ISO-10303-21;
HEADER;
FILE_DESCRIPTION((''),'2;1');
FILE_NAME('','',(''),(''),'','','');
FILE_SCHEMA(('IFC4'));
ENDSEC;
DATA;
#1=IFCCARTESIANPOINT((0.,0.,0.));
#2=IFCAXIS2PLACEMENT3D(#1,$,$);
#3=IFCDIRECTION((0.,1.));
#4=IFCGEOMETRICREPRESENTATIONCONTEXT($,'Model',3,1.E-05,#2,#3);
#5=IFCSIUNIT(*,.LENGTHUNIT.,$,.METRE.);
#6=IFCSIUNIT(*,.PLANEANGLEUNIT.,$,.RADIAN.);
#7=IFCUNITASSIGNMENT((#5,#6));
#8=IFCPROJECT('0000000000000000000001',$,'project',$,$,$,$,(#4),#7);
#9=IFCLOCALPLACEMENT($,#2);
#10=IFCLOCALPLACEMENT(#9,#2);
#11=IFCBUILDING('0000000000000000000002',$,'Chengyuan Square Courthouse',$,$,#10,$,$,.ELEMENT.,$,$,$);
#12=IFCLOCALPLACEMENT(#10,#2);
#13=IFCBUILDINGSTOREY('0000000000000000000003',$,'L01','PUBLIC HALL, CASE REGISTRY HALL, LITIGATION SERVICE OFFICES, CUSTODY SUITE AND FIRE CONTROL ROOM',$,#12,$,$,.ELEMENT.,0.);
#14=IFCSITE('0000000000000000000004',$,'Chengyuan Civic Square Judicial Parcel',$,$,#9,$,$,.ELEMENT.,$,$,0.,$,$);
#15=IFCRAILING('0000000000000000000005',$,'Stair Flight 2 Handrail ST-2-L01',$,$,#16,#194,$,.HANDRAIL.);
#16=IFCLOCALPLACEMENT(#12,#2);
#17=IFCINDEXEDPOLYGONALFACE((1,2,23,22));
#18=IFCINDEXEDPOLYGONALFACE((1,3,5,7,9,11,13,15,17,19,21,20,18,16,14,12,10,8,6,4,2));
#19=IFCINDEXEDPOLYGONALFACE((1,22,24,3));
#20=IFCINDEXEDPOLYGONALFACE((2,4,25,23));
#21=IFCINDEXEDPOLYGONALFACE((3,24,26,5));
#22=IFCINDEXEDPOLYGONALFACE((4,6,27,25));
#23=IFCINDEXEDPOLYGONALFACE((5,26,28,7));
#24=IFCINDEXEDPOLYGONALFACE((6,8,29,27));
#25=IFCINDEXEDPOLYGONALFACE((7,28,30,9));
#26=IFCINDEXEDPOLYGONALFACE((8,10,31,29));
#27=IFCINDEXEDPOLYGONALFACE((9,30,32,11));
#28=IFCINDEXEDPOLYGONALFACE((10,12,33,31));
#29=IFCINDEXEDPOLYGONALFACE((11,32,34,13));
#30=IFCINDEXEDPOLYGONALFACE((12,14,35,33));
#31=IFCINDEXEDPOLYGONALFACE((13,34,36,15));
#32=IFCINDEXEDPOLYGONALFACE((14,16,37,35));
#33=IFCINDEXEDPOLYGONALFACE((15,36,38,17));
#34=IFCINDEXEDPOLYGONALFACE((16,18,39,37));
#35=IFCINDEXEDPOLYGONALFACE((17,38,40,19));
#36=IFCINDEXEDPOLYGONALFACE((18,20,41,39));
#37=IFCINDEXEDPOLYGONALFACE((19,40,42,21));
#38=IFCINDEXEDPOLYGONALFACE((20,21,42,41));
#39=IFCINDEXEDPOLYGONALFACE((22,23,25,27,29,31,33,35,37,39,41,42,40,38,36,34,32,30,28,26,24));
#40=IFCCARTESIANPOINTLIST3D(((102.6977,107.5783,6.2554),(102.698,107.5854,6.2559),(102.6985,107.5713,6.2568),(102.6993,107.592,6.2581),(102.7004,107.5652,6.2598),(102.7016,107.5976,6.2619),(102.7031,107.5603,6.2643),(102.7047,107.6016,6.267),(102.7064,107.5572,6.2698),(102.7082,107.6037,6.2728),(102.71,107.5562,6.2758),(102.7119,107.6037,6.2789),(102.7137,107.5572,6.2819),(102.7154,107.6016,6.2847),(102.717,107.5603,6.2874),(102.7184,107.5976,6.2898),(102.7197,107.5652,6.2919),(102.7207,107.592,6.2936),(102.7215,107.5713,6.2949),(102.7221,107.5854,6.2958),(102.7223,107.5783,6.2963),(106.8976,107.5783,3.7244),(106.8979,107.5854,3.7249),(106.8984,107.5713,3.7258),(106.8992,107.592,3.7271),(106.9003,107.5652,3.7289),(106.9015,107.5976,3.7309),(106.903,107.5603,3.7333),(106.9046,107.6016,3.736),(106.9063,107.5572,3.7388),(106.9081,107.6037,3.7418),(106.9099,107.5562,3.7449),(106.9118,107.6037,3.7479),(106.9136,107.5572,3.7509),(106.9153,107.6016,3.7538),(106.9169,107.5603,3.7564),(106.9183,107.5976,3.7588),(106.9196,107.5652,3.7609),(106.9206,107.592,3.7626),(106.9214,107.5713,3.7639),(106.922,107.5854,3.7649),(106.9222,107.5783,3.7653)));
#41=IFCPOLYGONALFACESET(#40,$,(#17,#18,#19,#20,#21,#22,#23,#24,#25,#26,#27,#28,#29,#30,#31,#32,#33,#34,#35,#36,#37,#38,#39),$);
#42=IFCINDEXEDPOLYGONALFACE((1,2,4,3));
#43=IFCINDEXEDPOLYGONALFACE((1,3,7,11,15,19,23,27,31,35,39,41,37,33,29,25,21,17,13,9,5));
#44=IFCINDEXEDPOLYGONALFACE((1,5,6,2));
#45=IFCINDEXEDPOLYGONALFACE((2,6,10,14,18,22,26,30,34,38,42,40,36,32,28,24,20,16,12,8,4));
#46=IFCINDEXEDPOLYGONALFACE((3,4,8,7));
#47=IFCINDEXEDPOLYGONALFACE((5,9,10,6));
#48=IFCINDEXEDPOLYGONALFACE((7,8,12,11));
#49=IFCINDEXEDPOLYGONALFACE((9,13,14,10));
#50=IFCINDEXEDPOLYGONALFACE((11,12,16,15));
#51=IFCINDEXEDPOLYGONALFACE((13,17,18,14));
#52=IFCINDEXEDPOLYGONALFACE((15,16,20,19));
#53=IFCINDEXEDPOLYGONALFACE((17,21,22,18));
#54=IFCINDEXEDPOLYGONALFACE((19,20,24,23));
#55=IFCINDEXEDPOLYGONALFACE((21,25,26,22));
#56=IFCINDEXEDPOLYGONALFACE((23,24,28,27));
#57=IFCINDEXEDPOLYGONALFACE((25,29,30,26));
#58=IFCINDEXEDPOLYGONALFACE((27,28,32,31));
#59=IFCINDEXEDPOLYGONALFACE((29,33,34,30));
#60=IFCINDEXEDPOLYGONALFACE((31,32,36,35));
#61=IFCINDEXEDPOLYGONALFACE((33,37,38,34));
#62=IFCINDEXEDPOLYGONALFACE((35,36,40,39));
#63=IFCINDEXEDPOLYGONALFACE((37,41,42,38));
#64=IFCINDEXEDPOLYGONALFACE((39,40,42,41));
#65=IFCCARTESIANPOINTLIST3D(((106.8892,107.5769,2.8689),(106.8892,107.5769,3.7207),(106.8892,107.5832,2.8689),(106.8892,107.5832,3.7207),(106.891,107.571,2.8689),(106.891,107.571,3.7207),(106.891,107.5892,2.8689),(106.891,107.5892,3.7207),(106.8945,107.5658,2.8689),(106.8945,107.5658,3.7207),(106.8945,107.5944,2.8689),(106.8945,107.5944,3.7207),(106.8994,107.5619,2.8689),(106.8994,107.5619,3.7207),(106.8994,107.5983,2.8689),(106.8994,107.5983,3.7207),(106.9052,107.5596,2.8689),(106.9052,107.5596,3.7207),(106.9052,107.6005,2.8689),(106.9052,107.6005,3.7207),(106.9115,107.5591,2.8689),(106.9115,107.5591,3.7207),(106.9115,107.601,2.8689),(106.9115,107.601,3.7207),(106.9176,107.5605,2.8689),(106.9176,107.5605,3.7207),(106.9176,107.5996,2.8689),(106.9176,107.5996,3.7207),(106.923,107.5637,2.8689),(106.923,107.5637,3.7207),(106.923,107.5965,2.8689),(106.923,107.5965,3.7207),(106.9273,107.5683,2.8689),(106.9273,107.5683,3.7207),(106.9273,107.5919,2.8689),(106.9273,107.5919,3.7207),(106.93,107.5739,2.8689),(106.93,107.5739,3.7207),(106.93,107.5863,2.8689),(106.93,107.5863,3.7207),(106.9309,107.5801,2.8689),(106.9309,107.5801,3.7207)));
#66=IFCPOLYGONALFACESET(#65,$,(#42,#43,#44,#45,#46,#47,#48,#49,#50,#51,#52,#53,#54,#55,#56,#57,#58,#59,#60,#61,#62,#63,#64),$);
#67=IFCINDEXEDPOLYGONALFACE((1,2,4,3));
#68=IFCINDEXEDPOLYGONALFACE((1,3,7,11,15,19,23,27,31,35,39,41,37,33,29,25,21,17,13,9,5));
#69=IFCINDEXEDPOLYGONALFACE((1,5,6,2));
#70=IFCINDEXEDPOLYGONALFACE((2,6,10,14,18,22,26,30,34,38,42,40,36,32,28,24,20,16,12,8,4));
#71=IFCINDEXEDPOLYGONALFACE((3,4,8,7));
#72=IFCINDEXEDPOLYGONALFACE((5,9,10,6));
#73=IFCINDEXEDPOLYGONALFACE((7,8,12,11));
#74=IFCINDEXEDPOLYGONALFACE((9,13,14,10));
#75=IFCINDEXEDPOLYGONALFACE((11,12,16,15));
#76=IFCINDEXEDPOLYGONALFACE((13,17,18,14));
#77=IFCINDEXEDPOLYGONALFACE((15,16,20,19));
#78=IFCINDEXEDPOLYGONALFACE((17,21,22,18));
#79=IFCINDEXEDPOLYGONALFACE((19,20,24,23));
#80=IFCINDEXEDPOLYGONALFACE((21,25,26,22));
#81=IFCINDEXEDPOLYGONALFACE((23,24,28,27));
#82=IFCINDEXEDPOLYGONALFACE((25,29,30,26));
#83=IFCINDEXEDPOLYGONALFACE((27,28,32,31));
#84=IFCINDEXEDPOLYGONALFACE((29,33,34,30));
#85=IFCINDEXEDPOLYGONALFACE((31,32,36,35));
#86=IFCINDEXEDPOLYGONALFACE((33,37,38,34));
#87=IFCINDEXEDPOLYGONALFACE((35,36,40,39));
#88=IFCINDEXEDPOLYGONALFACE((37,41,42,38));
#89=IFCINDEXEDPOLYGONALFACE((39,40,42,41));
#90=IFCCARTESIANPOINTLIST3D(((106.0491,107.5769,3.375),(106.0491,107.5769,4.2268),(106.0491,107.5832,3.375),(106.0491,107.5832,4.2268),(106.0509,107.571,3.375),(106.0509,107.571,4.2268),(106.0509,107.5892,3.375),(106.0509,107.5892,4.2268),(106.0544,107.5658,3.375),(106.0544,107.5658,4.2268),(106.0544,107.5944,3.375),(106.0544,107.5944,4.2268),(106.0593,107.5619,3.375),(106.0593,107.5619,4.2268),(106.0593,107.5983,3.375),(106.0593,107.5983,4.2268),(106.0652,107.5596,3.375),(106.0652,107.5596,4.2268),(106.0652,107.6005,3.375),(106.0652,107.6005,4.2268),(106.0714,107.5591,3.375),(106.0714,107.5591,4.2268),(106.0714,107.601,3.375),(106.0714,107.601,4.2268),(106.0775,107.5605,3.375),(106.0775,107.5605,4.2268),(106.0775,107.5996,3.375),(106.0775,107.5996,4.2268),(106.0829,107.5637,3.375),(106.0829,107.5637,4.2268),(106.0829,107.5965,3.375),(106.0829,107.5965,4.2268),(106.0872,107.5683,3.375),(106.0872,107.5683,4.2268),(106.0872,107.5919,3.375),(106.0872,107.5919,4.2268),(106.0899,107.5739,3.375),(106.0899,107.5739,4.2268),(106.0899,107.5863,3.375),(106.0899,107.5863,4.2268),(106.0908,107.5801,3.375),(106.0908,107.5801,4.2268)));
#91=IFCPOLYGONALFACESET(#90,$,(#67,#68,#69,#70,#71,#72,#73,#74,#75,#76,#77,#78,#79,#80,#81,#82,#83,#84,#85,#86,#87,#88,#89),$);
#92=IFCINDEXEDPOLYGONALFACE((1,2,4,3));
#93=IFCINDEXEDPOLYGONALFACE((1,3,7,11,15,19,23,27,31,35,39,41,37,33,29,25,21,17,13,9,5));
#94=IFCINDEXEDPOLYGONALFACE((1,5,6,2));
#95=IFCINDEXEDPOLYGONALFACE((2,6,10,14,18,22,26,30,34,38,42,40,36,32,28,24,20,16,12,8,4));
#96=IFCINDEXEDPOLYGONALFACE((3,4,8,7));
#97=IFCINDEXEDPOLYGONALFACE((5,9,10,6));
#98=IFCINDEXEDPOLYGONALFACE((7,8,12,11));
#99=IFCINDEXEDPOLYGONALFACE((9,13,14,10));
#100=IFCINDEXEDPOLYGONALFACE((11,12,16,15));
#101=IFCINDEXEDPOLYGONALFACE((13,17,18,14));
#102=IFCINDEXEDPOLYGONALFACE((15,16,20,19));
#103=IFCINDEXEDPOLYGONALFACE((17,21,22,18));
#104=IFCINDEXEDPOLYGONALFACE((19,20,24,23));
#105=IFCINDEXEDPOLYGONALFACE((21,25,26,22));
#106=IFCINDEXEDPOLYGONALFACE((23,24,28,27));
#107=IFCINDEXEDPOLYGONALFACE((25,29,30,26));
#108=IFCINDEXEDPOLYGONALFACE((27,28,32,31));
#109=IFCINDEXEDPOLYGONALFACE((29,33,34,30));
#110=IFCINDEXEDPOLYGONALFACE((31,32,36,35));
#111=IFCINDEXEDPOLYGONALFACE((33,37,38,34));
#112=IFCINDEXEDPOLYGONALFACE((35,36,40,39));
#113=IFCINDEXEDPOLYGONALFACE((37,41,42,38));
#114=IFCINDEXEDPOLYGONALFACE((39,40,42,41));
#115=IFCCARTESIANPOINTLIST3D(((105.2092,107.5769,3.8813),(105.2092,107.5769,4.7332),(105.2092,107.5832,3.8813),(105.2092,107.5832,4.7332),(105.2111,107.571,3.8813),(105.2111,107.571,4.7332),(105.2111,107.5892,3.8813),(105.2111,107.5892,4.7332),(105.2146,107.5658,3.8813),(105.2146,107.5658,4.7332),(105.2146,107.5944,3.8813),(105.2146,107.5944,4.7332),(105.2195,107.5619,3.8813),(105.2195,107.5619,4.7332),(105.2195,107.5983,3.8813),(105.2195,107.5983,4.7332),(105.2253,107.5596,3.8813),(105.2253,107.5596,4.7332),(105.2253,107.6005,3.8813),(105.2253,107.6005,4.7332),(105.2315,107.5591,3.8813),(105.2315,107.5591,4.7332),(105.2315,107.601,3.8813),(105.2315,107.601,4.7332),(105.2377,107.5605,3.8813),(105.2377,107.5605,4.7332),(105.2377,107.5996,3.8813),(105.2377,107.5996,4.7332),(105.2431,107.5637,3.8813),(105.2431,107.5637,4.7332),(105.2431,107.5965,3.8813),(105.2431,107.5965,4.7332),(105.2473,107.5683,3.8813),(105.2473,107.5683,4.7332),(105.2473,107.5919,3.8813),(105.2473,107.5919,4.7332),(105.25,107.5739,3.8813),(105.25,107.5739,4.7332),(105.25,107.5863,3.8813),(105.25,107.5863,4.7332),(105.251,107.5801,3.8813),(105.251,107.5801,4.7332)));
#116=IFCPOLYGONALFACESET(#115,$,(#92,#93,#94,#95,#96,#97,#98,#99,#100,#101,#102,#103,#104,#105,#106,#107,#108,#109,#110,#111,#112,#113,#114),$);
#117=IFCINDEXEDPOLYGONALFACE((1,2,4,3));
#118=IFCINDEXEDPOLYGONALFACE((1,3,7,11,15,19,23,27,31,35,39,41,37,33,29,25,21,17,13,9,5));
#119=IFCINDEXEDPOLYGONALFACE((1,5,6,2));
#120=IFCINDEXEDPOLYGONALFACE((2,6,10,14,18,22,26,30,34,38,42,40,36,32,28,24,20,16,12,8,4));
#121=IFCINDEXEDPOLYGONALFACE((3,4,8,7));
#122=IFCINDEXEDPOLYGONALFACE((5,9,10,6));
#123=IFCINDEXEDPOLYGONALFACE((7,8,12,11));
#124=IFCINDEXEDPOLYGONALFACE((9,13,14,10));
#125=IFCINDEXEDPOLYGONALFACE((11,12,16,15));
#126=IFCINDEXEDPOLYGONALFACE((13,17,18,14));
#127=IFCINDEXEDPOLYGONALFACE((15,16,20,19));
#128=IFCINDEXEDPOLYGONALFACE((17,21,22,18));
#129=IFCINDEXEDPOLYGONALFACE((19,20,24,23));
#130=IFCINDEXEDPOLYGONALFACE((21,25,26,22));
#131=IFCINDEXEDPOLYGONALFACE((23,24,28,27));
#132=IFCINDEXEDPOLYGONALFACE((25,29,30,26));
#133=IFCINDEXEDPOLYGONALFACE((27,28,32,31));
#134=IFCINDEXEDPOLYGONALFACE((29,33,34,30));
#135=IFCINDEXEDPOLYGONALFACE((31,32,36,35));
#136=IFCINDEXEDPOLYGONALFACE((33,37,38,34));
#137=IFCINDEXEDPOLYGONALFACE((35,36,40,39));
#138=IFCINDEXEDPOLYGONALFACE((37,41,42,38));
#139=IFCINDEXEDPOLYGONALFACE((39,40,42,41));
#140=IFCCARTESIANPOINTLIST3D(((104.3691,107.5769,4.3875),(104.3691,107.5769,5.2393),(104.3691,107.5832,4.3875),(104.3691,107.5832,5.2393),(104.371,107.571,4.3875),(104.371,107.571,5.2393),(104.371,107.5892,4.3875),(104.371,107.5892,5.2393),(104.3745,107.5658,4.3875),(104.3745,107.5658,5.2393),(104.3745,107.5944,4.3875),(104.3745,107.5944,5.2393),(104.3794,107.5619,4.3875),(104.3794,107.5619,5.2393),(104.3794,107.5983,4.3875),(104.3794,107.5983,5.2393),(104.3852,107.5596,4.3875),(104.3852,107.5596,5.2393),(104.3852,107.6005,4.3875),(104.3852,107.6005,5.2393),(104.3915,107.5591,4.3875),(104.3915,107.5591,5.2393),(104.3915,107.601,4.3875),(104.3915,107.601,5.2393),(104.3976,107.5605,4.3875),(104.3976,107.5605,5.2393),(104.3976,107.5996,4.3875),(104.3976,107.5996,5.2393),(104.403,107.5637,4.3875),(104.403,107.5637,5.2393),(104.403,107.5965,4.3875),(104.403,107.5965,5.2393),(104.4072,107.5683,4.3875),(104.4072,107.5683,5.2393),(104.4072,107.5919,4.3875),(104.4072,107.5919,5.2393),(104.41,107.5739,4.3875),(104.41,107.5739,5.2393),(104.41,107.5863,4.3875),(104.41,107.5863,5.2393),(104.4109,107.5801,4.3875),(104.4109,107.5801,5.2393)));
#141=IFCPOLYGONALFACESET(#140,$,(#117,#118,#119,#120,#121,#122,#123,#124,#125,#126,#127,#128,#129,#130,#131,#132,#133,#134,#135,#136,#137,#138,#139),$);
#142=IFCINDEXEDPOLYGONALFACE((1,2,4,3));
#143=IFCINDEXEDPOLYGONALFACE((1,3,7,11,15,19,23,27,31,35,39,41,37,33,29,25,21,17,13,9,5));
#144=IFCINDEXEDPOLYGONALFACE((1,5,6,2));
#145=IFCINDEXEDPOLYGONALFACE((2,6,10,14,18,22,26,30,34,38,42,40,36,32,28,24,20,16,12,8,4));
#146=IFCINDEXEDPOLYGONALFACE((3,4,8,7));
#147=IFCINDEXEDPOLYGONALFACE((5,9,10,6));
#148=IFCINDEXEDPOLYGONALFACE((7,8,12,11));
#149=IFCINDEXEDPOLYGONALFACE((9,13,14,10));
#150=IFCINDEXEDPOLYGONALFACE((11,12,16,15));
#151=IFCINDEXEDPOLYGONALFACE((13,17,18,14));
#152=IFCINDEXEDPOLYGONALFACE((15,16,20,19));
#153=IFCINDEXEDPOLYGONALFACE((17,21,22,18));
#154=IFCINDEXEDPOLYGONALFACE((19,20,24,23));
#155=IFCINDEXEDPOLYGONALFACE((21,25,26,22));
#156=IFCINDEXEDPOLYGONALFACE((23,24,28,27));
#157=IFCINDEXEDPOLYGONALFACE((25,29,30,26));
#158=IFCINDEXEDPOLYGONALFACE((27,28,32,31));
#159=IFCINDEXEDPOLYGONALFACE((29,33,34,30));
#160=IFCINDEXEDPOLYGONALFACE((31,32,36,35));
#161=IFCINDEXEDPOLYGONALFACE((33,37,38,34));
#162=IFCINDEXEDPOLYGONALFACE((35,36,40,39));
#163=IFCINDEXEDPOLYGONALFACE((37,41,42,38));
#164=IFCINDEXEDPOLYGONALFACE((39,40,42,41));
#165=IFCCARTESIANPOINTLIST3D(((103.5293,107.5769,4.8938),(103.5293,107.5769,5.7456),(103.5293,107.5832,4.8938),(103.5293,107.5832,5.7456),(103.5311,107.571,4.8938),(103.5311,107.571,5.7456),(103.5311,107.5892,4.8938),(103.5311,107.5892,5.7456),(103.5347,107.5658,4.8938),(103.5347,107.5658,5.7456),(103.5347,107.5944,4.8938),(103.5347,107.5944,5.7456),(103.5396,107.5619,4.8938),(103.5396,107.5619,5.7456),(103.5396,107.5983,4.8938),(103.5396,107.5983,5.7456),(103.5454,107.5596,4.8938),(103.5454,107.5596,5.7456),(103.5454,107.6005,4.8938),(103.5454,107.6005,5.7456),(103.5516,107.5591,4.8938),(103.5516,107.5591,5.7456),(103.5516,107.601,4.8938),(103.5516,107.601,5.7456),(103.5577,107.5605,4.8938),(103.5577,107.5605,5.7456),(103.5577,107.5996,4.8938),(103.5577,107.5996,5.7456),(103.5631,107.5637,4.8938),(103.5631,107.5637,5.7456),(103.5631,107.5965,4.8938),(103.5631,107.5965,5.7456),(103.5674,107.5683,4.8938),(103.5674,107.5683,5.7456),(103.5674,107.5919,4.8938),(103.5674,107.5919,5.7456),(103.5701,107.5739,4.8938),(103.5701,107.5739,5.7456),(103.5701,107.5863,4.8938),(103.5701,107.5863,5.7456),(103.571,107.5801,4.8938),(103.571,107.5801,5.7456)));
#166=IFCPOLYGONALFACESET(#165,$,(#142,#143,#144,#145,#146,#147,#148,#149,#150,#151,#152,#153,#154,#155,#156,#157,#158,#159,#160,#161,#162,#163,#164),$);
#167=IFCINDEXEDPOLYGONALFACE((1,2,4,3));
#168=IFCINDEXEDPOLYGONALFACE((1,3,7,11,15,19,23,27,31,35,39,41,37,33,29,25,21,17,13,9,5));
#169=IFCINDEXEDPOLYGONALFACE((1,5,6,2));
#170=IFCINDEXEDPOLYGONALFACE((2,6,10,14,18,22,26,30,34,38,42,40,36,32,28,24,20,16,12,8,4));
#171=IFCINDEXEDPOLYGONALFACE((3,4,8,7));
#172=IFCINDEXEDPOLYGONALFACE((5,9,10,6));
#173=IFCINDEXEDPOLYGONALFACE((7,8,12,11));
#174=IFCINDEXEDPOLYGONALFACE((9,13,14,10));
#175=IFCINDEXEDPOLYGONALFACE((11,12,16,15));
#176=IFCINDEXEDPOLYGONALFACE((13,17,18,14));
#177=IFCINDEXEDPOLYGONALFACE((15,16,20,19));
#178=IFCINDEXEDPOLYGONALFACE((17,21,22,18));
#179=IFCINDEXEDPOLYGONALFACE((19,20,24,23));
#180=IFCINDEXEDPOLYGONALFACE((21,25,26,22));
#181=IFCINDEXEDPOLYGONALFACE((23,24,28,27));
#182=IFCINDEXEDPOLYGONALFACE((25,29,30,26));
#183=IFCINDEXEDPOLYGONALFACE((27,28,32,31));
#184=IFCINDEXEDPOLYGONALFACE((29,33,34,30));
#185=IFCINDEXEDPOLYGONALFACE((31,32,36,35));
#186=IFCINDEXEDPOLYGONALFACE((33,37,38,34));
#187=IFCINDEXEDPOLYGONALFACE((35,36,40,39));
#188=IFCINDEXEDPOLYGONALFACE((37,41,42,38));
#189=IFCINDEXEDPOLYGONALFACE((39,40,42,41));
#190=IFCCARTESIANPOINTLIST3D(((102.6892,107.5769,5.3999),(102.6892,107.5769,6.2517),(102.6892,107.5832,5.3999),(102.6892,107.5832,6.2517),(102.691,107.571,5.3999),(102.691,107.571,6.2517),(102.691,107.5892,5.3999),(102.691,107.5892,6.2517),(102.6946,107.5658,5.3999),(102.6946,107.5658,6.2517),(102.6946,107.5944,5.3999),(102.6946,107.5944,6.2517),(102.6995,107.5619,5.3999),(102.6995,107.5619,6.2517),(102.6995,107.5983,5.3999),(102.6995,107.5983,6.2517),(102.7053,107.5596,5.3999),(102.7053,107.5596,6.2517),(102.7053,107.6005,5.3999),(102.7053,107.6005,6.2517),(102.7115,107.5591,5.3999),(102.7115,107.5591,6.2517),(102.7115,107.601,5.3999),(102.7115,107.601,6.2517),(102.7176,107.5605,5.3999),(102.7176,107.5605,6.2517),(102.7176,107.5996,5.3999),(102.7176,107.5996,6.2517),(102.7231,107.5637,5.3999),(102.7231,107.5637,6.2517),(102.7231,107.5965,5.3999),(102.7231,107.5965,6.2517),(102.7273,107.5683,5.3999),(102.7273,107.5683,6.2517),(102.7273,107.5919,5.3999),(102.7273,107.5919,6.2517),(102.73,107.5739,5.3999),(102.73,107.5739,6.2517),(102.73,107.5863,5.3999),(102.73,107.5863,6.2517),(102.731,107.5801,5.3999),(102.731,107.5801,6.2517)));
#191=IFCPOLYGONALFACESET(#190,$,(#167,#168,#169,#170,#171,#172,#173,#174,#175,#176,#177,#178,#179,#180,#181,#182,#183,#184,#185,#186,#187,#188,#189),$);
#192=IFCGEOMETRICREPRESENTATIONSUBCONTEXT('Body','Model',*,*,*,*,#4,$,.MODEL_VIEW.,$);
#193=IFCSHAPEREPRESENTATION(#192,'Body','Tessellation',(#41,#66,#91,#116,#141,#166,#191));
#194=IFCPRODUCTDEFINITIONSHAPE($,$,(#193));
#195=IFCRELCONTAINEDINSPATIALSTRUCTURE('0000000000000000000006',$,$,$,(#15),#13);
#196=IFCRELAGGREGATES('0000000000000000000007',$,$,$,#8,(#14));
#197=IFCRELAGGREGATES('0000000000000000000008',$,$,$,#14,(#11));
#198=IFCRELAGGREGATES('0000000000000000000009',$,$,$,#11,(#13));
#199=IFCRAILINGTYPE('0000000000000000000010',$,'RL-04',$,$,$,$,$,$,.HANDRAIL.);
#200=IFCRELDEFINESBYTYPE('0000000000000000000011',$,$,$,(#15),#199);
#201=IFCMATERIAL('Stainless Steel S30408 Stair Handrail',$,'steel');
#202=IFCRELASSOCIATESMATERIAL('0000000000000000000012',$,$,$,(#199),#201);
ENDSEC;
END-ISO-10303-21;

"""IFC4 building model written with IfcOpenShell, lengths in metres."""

from ifc_helpers import new_model, si_unit, direction, frame, origin, origin_2d, place, context, subcontext, project, spatial, circle, extrude, material, type_object, element, save


model = new_model("IFC4")

# Units and contexts
model_context = context("Model", 3, precision=1e-05, world=origin(), true_north=direction((0.0, 1.0)))
body_context = subcontext(model_context, "Body", "Model", "MODEL_VIEW")
ifc_project = project(units=[si_unit("LENGTHUNIT", "METRE"), si_unit("PLANEANGLEUNIT", "RADIAN")], contexts=[model_context])

# Site, building, storey
site_placement = place(None, origin())
site = spatial("IfcSite", under=ifc_project, at=site_placement, Name="Chengyuan Civic Square Judicial Parcel", CompositionType="ELEMENT", RefElevation=0.0)
building_placement = place(site_placement, origin())
building = spatial("IfcBuilding", under=site, at=building_placement, Name="Chengyuan Square Courthouse", CompositionType="ELEMENT")
storey_placement = place(building_placement, origin())
storey = spatial("IfcBuildingStorey", under=building, at=storey_placement, Name="L01", Description="PUBLIC HALL, CASE REGISTRY HALL, LITIGATION SERVICE OFFICES, CUSTODY SUITE AND FIRE CONTROL ROOM", CompositionType="ELEMENT", Elevation=0.0)

# Railing
ifc_material_1 = material(Name="Stainless Steel S30408 Stair Handrail", Category="steel")
railing_type_1 = type_object("IfcRailingType", Name="RL-04", PredefinedType="HANDRAIL", material=ifc_material_1)
railing_1_placement = place(storey_placement, frame((106.9099, 107.5801, 2.8689)))
element("IfcRailing", 1, at=railing_1_placement, inside=storey, type_object=railing_type_1, Name="Stair Flight 2 Handrail ST-2-L01", PredefinedType="HANDRAIL", context=body_context, shape_type="SweptSolid", body=[
    extrude(circle(Radius=0.0239, at=origin_2d()), frame((0.0, 0.0, 0.876), z_axis=(-0.856499, 0.0, 0.51615), x_axis=(0.0, -1.0, 0.0)), (0.0, 0.0, 1.0), 4.9036),
    extrude(circle(Radius=0.021, at=origin_2d()), origin(), (0.0, 0.0, 1.0), 0.8518),
    extrude(circle(Radius=0.021, at=origin_2d()), frame((-0.8401, 0.0, 0.5061)), (0.0, 0.0, 1.0), 0.8518),
    extrude(circle(Radius=0.021, at=origin_2d()), frame((-1.6799, 0.0, 1.0125)), (0.0, 0.0, 1.0), 0.8518),
    extrude(circle(Radius=0.021, at=origin_2d()), frame((-2.52, 0.0, 1.5186)), (0.0, 0.0, 1.0), 0.8518),
    extrude(circle(Radius=0.021, at=origin_2d()), frame((-3.3599, 0.0, 2.0249)), (0.0, 0.0, 1.0), 0.8518),
    extrude(circle(Radius=0.021, at=origin_2d()), frame((-4.2, 0.0, 2.531)), (0.0, 0.0, 1.0), 0.8518),
])

save(model, "model.ifc")
